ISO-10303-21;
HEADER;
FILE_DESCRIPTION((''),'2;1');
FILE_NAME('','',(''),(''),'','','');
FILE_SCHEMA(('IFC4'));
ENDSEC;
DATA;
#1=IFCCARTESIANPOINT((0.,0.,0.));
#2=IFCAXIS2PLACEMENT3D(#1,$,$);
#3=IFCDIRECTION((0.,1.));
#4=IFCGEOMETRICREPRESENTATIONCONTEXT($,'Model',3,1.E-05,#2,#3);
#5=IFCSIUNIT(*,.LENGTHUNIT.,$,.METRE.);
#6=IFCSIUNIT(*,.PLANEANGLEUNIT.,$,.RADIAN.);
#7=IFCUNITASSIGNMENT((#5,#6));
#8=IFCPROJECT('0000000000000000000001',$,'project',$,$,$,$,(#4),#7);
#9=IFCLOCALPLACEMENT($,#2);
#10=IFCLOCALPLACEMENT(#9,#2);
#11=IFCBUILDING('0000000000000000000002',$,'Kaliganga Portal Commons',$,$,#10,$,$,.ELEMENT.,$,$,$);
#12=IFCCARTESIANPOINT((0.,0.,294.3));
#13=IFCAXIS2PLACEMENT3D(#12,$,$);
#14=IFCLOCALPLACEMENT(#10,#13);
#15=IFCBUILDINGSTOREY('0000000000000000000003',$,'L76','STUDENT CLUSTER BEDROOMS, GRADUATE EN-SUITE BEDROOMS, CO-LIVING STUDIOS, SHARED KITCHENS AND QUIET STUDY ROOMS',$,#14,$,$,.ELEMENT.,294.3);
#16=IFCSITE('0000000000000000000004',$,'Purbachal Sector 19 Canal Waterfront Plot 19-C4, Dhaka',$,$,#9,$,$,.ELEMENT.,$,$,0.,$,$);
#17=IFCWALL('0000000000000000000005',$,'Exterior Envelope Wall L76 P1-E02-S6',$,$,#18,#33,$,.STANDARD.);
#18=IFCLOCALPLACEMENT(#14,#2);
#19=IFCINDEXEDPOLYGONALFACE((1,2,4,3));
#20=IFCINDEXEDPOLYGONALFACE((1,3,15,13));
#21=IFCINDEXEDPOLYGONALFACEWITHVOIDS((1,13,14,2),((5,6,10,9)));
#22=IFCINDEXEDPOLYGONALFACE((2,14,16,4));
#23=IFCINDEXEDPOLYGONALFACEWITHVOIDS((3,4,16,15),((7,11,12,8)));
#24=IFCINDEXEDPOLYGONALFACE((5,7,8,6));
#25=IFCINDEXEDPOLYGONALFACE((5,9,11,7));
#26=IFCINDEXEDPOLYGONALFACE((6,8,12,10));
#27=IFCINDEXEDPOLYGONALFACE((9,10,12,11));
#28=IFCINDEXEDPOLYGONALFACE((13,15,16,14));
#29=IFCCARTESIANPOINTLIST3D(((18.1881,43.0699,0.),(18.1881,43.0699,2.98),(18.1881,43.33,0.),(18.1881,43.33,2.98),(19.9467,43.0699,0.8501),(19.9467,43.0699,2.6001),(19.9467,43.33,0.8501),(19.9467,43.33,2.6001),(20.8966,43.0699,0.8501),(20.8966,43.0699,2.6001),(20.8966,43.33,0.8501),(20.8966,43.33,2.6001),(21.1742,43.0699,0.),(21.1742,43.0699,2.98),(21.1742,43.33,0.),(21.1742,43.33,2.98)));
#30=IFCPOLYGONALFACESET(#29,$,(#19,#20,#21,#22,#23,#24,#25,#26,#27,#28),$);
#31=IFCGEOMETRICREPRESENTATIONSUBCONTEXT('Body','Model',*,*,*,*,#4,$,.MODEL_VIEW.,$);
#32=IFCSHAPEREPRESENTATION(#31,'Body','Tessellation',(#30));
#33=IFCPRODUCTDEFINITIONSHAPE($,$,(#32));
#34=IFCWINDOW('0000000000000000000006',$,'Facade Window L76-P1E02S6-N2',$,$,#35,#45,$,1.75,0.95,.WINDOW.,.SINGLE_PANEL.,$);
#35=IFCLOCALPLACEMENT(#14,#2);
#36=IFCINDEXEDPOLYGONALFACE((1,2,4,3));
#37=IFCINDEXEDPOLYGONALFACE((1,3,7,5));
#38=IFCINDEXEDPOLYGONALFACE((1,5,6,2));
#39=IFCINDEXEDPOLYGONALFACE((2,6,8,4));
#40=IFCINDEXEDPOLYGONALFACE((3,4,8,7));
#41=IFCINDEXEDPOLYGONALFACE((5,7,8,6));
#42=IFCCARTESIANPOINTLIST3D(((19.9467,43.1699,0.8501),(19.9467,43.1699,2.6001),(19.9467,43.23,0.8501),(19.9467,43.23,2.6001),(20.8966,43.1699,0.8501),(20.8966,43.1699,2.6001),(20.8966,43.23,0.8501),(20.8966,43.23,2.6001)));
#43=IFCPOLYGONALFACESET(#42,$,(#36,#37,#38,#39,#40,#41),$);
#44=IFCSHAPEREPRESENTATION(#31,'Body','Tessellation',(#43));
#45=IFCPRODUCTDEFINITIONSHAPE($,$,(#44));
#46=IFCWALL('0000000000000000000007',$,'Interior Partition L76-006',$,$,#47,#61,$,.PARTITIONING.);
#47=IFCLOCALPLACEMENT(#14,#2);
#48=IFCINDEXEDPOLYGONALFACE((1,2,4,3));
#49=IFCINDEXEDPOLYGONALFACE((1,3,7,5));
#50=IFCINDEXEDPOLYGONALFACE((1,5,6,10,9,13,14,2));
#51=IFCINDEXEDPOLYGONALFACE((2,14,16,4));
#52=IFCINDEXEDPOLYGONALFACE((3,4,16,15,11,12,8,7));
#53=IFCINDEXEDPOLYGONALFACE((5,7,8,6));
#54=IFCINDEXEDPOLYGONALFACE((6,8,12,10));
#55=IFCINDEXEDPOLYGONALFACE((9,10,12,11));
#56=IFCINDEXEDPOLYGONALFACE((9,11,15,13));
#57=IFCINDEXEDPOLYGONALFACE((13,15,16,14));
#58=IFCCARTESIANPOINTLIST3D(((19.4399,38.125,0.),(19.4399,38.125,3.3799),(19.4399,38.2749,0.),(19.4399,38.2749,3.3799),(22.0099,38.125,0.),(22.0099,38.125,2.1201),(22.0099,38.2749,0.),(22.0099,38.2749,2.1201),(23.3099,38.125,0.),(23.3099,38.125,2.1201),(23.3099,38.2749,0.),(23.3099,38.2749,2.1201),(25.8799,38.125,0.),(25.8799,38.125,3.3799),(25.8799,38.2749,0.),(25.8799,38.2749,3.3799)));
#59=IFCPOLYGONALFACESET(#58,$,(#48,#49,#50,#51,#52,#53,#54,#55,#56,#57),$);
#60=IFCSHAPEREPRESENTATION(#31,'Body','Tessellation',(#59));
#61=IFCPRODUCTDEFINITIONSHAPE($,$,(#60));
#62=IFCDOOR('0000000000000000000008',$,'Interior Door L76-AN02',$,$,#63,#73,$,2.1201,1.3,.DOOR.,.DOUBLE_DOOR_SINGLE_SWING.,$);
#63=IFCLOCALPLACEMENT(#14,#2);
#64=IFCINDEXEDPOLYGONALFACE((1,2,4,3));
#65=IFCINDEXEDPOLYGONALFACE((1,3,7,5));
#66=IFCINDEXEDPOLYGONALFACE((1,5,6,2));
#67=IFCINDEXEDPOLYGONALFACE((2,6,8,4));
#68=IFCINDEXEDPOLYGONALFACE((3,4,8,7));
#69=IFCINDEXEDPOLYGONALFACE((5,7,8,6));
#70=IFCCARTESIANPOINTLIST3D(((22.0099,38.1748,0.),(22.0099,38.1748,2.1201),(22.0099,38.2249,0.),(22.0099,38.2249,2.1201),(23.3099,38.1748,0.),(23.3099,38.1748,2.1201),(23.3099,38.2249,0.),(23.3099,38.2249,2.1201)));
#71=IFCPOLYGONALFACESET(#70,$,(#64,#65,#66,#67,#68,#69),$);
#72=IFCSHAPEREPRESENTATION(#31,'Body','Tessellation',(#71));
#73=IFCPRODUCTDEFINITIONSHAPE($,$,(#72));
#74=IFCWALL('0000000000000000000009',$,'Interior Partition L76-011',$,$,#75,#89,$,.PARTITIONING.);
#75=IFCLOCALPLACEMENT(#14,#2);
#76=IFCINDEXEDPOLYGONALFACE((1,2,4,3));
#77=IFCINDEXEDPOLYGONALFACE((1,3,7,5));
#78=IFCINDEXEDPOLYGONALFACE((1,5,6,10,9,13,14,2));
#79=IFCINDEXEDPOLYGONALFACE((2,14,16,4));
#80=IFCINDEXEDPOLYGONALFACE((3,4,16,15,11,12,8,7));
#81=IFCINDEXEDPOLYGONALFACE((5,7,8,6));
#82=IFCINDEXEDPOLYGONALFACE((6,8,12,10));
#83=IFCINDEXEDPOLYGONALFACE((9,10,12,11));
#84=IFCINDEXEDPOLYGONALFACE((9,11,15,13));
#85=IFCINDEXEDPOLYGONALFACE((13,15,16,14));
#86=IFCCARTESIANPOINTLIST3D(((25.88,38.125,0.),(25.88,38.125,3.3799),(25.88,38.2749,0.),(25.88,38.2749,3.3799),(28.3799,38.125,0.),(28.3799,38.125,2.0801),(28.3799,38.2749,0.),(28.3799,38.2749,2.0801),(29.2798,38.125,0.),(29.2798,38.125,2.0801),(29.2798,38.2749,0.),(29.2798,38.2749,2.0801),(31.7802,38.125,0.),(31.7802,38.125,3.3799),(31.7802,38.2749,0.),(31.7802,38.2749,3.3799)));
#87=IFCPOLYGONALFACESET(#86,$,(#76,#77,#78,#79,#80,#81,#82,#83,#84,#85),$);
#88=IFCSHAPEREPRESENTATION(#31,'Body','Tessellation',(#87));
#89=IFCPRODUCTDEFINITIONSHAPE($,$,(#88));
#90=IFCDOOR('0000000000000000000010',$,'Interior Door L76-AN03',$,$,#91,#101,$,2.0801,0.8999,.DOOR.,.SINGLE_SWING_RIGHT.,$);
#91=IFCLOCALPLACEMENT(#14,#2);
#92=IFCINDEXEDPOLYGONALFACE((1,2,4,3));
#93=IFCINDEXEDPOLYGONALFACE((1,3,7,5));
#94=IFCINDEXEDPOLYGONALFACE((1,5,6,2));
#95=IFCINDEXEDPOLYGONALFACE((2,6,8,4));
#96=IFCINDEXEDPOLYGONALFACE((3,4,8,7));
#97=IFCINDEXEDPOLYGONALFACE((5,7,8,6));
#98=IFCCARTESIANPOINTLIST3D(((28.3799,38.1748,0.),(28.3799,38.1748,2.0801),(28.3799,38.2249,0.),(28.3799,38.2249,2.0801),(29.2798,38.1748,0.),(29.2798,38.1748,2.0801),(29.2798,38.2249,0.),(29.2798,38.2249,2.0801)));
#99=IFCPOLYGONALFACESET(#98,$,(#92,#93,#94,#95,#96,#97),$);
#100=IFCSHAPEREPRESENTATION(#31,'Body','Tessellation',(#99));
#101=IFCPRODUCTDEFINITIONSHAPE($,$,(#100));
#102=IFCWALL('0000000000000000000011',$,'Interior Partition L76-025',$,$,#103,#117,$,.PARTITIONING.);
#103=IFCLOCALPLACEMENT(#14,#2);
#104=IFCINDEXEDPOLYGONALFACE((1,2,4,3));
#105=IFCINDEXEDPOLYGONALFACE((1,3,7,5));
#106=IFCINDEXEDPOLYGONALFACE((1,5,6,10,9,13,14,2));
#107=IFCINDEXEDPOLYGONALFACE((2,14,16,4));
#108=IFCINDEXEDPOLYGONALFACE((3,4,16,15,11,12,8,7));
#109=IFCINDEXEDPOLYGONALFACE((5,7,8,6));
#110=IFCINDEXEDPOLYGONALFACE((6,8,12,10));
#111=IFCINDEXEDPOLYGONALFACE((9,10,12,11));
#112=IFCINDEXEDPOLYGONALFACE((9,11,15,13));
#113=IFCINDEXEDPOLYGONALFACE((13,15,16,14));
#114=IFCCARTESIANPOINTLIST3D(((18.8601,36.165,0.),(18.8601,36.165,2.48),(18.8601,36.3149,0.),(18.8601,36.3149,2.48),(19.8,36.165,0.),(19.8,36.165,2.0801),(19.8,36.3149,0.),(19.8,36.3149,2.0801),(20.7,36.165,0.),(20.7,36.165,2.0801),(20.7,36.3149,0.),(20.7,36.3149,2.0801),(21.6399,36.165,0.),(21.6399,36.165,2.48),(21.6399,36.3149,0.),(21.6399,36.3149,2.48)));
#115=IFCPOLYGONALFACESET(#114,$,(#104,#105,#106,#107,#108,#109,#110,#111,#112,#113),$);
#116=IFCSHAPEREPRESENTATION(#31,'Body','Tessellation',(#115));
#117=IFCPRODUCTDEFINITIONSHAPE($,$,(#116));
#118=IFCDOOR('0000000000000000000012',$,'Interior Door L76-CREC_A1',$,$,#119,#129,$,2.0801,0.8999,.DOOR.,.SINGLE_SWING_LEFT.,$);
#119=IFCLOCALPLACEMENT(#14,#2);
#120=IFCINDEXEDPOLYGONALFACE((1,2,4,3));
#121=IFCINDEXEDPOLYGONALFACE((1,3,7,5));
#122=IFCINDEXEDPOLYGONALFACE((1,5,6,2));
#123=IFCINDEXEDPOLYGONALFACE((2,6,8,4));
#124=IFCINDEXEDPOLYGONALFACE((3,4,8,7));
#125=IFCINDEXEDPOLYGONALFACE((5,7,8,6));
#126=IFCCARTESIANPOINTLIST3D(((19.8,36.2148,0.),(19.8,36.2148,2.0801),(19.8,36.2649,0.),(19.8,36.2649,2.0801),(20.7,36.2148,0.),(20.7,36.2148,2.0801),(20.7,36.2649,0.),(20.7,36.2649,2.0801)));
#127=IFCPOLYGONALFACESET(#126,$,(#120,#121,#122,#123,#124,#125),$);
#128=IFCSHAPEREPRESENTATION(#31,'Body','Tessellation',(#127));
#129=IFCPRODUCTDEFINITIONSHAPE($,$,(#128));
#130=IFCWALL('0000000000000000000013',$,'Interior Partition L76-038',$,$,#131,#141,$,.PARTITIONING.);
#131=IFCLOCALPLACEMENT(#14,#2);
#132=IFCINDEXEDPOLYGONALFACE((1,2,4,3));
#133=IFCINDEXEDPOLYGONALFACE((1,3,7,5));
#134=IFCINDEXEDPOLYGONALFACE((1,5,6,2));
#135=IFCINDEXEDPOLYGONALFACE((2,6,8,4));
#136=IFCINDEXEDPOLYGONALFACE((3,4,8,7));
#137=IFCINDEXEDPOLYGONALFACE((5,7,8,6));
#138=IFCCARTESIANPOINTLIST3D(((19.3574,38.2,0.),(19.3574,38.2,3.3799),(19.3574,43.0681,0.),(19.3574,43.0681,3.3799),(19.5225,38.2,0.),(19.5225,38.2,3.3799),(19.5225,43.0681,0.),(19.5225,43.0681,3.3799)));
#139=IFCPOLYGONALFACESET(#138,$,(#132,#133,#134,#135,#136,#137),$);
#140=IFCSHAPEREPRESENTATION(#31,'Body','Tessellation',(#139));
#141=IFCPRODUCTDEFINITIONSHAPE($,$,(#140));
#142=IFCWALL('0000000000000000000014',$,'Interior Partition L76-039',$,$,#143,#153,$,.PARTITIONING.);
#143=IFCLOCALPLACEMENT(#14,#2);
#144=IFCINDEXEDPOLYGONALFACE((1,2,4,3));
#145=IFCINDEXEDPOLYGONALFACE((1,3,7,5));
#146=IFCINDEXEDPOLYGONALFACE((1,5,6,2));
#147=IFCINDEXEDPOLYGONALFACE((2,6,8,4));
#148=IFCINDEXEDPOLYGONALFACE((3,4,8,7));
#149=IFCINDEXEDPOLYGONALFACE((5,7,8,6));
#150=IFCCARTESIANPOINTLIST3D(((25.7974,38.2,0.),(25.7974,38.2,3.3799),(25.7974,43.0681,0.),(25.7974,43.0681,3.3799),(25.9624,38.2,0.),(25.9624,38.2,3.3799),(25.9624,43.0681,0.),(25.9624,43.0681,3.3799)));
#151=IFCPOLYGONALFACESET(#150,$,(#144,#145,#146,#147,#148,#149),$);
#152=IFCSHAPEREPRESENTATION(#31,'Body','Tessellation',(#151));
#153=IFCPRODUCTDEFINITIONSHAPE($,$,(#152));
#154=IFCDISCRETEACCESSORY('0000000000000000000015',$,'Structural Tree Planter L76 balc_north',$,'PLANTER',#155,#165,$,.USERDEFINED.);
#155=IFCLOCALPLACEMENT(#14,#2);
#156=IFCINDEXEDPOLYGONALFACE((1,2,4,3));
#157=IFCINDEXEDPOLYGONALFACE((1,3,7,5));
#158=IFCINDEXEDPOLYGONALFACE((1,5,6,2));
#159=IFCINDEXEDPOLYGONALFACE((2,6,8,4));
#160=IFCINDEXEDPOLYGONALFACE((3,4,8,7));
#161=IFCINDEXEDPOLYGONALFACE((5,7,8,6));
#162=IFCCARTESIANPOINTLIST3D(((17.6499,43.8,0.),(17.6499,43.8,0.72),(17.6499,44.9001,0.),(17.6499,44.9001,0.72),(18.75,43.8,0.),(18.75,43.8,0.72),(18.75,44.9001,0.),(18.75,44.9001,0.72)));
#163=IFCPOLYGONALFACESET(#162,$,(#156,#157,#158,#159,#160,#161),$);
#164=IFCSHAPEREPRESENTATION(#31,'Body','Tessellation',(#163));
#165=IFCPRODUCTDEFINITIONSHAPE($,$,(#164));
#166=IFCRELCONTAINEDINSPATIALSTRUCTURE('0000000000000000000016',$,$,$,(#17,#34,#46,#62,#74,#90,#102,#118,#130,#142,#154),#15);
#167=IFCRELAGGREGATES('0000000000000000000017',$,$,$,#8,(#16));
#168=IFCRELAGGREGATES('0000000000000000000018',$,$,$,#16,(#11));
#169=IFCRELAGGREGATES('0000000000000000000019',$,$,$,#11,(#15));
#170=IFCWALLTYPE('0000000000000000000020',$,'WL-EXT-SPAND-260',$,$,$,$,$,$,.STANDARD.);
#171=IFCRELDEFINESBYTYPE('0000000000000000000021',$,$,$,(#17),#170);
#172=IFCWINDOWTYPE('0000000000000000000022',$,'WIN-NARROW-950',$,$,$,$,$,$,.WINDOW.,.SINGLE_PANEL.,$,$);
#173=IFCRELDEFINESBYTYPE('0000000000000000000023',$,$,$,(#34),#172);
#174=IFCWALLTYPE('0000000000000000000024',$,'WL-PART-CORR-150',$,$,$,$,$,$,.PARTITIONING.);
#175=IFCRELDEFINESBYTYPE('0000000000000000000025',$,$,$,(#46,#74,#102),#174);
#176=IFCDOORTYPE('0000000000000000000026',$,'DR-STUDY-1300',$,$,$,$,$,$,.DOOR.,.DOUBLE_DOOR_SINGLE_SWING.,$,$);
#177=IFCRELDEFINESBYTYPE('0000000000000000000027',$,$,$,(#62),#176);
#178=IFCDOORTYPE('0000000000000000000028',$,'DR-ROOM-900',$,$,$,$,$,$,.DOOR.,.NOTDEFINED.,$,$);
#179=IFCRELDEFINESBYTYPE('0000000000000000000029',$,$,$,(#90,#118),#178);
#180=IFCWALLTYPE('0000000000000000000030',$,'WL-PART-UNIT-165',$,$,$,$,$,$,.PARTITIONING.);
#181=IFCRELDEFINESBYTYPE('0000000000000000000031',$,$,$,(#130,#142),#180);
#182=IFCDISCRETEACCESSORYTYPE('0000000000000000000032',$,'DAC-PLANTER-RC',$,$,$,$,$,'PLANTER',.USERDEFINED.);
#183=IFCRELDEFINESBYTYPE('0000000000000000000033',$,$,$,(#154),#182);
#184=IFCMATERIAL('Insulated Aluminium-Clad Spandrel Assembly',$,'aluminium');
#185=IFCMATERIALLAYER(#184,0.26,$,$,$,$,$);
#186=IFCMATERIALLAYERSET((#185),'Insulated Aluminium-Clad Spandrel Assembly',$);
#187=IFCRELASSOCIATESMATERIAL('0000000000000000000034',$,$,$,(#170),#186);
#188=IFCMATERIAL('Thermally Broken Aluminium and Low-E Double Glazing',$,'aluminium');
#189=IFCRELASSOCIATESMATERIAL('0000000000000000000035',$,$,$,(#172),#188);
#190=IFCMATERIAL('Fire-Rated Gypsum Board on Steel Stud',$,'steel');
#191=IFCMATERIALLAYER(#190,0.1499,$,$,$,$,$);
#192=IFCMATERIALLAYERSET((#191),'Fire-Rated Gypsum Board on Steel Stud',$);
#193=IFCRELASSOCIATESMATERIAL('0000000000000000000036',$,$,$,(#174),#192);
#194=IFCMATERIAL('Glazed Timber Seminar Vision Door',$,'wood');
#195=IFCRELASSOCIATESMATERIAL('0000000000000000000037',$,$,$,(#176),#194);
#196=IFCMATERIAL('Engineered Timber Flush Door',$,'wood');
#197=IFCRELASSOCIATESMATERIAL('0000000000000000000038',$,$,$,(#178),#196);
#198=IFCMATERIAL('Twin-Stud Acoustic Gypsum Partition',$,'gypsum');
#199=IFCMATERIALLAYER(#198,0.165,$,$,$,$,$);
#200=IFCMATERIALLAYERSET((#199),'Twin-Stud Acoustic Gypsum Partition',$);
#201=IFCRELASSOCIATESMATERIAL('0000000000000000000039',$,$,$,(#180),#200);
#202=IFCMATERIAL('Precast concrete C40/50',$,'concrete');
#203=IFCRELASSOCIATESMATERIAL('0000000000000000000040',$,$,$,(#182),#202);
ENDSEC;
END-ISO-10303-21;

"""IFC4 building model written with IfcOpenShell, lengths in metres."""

from ifc_helpers import new_model, si_unit, direction, frame, frame_2d, origin, origin_2d, place, context, subcontext, project, spatial, rectangle, extrude, source, transform, mapped, material, layer, layer_set, type_object, element, fill, save


model = new_model("IFC4")

# Units and contexts
model_context = context("Model", 3, precision=1e-05, world=origin(), true_north=direction((0.0, 1.0)))
body_context = subcontext(model_context, "Body", "Model", "MODEL_VIEW")
ifc_project = project(units=[si_unit("LENGTHUNIT", "METRE"), si_unit("PLANEANGLEUNIT", "RADIAN")], contexts=[model_context])

# Site, building, storey
site_placement = place(None, origin())
site = spatial("IfcSite", under=ifc_project, at=site_placement, Name="Purbachal Sector 19 Canal Waterfront Plot 19-C4, Dhaka", CompositionType="ELEMENT", RefElevation=0.0)
building_placement = place(site_placement, origin())
building = spatial("IfcBuilding", under=site, at=building_placement, Name="Kaliganga Portal Commons", CompositionType="ELEMENT")
storey_placement = place(building_placement, frame((0.0, 0.0, 294.3)))
storey = spatial("IfcBuildingStorey", under=building, at=storey_placement, Name="L76", Description="STUDENT CLUSTER BEDROOMS, GRADUATE EN-SUITE BEDROOMS, CO-LIVING STUDIOS, SHARED KITCHENS AND QUIET STUDY ROOMS", CompositionType="ELEMENT", Elevation=294.3)

# Wall, opening, window
ifc_material_1 = material(Name="Insulated Aluminium-Clad Spandrel Assembly", Category="aluminium")
ifc_layer_1 = layer(ifc_material_1, 0.26)
ifc_layer_set_1 = layer_set([ifc_layer_1], Name="Insulated Aluminium-Clad Spandrel Assembly")
wall_type_1 = type_object("IfcWallType", Name="WL-EXT-SPAND-260", PredefinedType="STANDARD", material=ifc_layer_set_1)
ifc_material_2 = material(Name="Thermally Broken Aluminium and Low-E Double Glazing", Category="aluminium")
window_type = type_object("IfcWindowType", Name="WIN-NARROW-950", PartitioningType="SINGLE_PANEL", PredefinedType="WINDOW", material=ifc_material_2)
wall_1_placement = place(storey_placement, frame((18.188, 43.2, 0.0), z_axis=(0.0, 0.0, 1.0), x_axis=(1.0, 0.0, 0.0)))
wall_1 = element("IfcWall", 1, at=wall_1_placement, inside=storey, type_object=wall_type_1, Name="Exterior Envelope Wall L76 P1-E02-S6", PredefinedType="STANDARD", context=body_context, shape_type="SweptSolid", body=[
    extrude(rectangle(XDim=2.9861, YDim=0.26, at=frame_2d((1.4932, 0.0))), origin(), (0.0, 0.0, 1.0), 2.98),
])
opening_1_placement = place(wall_1_placement, frame((1.7585, 0.0, 0.8501)))
opening_1 = element("IfcOpeningElement", 2, at=opening_1_placement, cuts=wall_1, PredefinedType="OPENING", context=body_context, shape_type="SweptSolid", body=[
    extrude(rectangle(XDim=0.95, YDim=1.75, at=frame_2d((0.4751, 0.875))), frame((0.0, 0.1401, 0.0), z_axis=(0.0, -1.0, 0.0), x_axis=(1.0, 0.0, 0.0)), (0.0, 0.0, 1.0), 0.28),
])
window_1_placement = place(opening_1_placement, origin())
window_1 = element("IfcWindow", 3, at=window_1_placement, inside=storey, type_object=window_type, Name="Facade Window L76-P1E02S6-N2", OverallHeight=1.75, OverallWidth=0.95, PartitioningType="SINGLE_PANEL", PredefinedType="WINDOW", context=body_context, shape_type="SweptSolid", body=[
    extrude(rectangle(XDim=0.95, YDim=1.75, at=frame_2d((0.4751, 0.875))), frame((0.0, 0.03, 0.0), z_axis=(0.0, -1.0, 0.0), x_axis=(1.0, 0.0, 0.0)), (0.0, 0.0, 1.0), 0.0601),
])
fill(opening_1, window_1)

# Walls, openings, doors
ifc_material_3 = material(Name="Fire-Rated Gypsum Board on Steel Stud", Category="steel")
ifc_layer_2 = layer(ifc_material_3, 0.1499)
ifc_layer_set_2 = layer_set([ifc_layer_2], Name="Fire-Rated Gypsum Board on Steel Stud")
wall_type_2 = type_object("IfcWallType", Name="WL-PART-CORR-150", PredefinedType="PARTITIONING", material=ifc_layer_set_2)
wall_2_placement = place(storey_placement, frame((19.4399, 38.2, 0.0), z_axis=(0.0, 0.0, 1.0), x_axis=(1.0, 0.0, 0.0)))
wall_2 = element("IfcWall", 4, at=wall_2_placement, inside=storey, type_object=wall_type_2, Name="Interior Partition L76-006", PredefinedType="PARTITIONING", context=body_context, shape_type="SweptSolid", body=[
    extrude(rectangle(XDim=6.4399, YDim=0.1499, at=frame_2d((3.22, 0.0))), origin(), (0.0, 0.0, 1.0), 3.3799),
])
opening_2_placement = place(wall_2_placement, frame((2.5701, 0.0, 0.0)))
opening_2 = element("IfcOpeningElement", 5, at=opening_2_placement, cuts=wall_2, PredefinedType="OPENING", context=body_context, shape_type="SweptSolid", body=[
    extrude(rectangle(XDim=1.3, YDim=2.1201, at=frame_2d((0.6499, 1.0601))), frame((0.0, 0.085, 0.0), z_axis=(0.0, -1.0, 0.0), x_axis=(1.0, 0.0, 0.0)), (0.0, 0.0, 1.0), 0.1699),
])
ifc_material_4 = material(Name="Glazed Timber Seminar Vision Door", Category="wood")
door_type_1 = type_object("IfcDoorType", Name="DR-STUDY-1300", OperationType="DOUBLE_DOOR_SINGLE_SWING", PredefinedType="DOOR", material=ifc_material_4)
door_1_placement = place(opening_2_placement, origin())
door_1 = element("IfcDoor", 6, at=door_1_placement, inside=storey, type_object=door_type_1, Name="Interior Door L76-AN02", OperationType="DOUBLE_DOOR_SINGLE_SWING", OverallHeight=2.1201, OverallWidth=1.3, PredefinedType="DOOR", context=body_context, shape_type="SweptSolid", body=[
    extrude(rectangle(XDim=1.3, YDim=2.1201, at=frame_2d((0.6499, 1.0601))), frame((0.0, 0.0249, 0.0), z_axis=(0.0, -1.0, 0.0), x_axis=(1.0, 0.0, 0.0)), (0.0, 0.0, 1.0), 0.05),
])
fill(opening_2, door_1)
wall_3_placement = place(storey_placement, frame((25.8799, 38.2, 0.0), z_axis=(0.0, 0.0, 1.0), x_axis=(1.0, 0.0, 0.0)))
wall_3 = element("IfcWall", 7, at=wall_3_placement, inside=storey, type_object=wall_type_2, Name="Interior Partition L76-011", PredefinedType="PARTITIONING", context=body_context, shape_type="SweptSolid", body=[
    extrude(rectangle(XDim=5.9001, YDim=0.1499, at=frame_2d((2.9502, 0.0))), origin(), (0.0, 0.0, 1.0), 3.3799),
])
opening_3_placement = place(wall_3_placement, frame((2.5, 0.0, 0.0)))
opening_3 = element("IfcOpeningElement", 8, at=opening_3_placement, cuts=wall_3, PredefinedType="OPENING", context=body_context, shape_type="SweptSolid", body=[
    extrude(rectangle(XDim=0.8999, YDim=2.0801, at=frame_2d((0.45, 1.04))), frame((0.0, 0.085, 0.0), z_axis=(0.0, -1.0, 0.0), x_axis=(1.0, 0.0, 0.0)), (0.0, 0.0, 1.0), 0.1699),
])
ifc_material_5 = material(Name="Engineered Timber Flush Door", Category="wood")
door_type_2 = type_object("IfcDoorType", Name="DR-ROOM-900", OperationType="NOTDEFINED", PredefinedType="DOOR", material=ifc_material_5)
door_2_placement = place(opening_3_placement, origin())
door_2 = element("IfcDoor", 9, at=door_2_placement, inside=storey, type_object=door_type_2, Name="Interior Door L76-AN03", OperationType="SINGLE_SWING_RIGHT", OverallHeight=2.0801, OverallWidth=0.8999, PredefinedType="DOOR", context=body_context, shape_type="SweptSolid", body=[
    extrude(rectangle(XDim=0.8999, YDim=2.0801, at=frame_2d((0.45, 1.04))), frame((0.0, 0.0249, 0.0), z_axis=(0.0, -1.0, 0.0), x_axis=(1.0, 0.0, 0.0)), (0.0, 0.0, 1.0), 0.05),
])
fill(opening_3, door_2)
wall_4_placement = place(storey_placement, frame((18.8601, 36.24, 0.0), z_axis=(0.0, 0.0, 1.0), x_axis=(1.0, 0.0, 0.0)))
wall_4 = element("IfcWall", 10, at=wall_4_placement, inside=storey, type_object=wall_type_2, Name="Interior Partition L76-025", PredefinedType="PARTITIONING", context=body_context, shape_type="SweptSolid", body=[
    extrude(rectangle(XDim=2.7798, YDim=0.1499, at=frame_2d((1.3899, 0.0))), origin(), (0.0, 0.0, 1.0), 2.48),
])
opening_4_placement = place(wall_4_placement, frame((0.9399, 0.0, 0.0)))
opening_4 = element("IfcOpeningElement", 11, at=opening_4_placement, cuts=wall_4, PredefinedType="OPENING", context=body_context, shape_type="SweptSolid", body=[
    extrude(rectangle(XDim=0.8999, YDim=2.0801, at=frame_2d((0.45, 1.04))), frame((0.0, 0.085, 0.0), z_axis=(0.0, -1.0, 0.0), x_axis=(1.0, 0.0, 0.0)), (0.0, 0.0, 1.0), 0.1699),
])
door_3_placement = place(opening_4_placement, origin())
door_3 = element("IfcDoor", 12, at=door_3_placement, inside=storey, type_object=door_type_2, Name="Interior Door L76-CREC_A1", OperationType="SINGLE_SWING_LEFT", OverallHeight=2.0801, OverallWidth=0.8999, PredefinedType="DOOR", context=body_context, shape_type="SweptSolid", body=[
    extrude(rectangle(XDim=0.8999, YDim=2.0801, at=frame_2d((0.45, 1.04))), frame((0.0, 0.0249, 0.0), z_axis=(0.0, -1.0, 0.0), x_axis=(1.0, 0.0, 0.0)), (0.0, 0.0, 1.0), 0.05),
])
fill(opening_4, door_3)

# Walls
ifc_material_6 = material(Name="Twin-Stud Acoustic Gypsum Partition", Category="gypsum")
ifc_layer_3 = layer(ifc_material_6, 0.165)
ifc_layer_set_3 = layer_set([ifc_layer_3], Name="Twin-Stud Acoustic Gypsum Partition")
wall_type_3 = type_object("IfcWallType", Name="WL-PART-UNIT-165", PredefinedType="PARTITIONING", material=ifc_layer_set_3)
for number, where, z_axis, x_axis, name in (
    (13, (19.4399, 38.2, 0.0), (0.0, 0.0, 1.0), (0.0, 1.0, 0.0), "Interior Partition L76-038"),
    (14, (25.8799, 38.2, 0.0), (0.0, 0.0, 1.0), (0.0, 1.0, 0.0), "Interior Partition L76-039"),
):
    element("IfcWall", number, at=place(storey_placement, frame(where, z_axis=z_axis, x_axis=x_axis)), inside=storey, type_object=wall_type_3, Name=name, PredefinedType="PARTITIONING", context=body_context, shape_type="SweptSolid", body=[
        extrude(rectangle(XDim=4.8682, YDim=0.165, at=frame_2d((2.4341, 0.0))), origin(), (0.0, 0.0, 1.0), 3.3799),
    ])

# Discrete accessory
ifc_material_7 = material(Name="Precast concrete C40/50", Category="concrete")
discrete_accessory_type = type_object("IfcDiscreteAccessoryType", Name="DAC-PLANTER-RC", ElementType="PLANTER", PredefinedType="USERDEFINED", material=ifc_material_7)
shared_shape_1 = source(origin(), body_context, "Body", "SweptSolid", [
    extrude(rectangle(XDim=1.1001, YDim=1.1001, at=origin_2d()), origin(), (0.0, 0.0, 1.0), 0.72),
])
discrete_accessory_placement = place(storey_placement, frame((18.2, 44.3501, 0.0), z_axis=(0.0, 0.0, 1.0), x_axis=(1.0, 0.0, 0.0)))
element("IfcDiscreteAccessory", 15, at=discrete_accessory_placement, inside=storey, type_object=discrete_accessory_type, Name="Structural Tree Planter L76 balc_north", ObjectType="PLANTER", PredefinedType="USERDEFINED", context=body_context, shape_type="MappedRepresentation", body=[
    mapped(shared_shape_1, transform((0.0, 0.0, 0.0), x_axis=(1.0, 0.0, 0.0), y_axis=(0.0, 1.0, 0.0), z_axis=(0.0, 0.0, 1.0), scale=1.0)),
])

save(model, "model.ifc")
